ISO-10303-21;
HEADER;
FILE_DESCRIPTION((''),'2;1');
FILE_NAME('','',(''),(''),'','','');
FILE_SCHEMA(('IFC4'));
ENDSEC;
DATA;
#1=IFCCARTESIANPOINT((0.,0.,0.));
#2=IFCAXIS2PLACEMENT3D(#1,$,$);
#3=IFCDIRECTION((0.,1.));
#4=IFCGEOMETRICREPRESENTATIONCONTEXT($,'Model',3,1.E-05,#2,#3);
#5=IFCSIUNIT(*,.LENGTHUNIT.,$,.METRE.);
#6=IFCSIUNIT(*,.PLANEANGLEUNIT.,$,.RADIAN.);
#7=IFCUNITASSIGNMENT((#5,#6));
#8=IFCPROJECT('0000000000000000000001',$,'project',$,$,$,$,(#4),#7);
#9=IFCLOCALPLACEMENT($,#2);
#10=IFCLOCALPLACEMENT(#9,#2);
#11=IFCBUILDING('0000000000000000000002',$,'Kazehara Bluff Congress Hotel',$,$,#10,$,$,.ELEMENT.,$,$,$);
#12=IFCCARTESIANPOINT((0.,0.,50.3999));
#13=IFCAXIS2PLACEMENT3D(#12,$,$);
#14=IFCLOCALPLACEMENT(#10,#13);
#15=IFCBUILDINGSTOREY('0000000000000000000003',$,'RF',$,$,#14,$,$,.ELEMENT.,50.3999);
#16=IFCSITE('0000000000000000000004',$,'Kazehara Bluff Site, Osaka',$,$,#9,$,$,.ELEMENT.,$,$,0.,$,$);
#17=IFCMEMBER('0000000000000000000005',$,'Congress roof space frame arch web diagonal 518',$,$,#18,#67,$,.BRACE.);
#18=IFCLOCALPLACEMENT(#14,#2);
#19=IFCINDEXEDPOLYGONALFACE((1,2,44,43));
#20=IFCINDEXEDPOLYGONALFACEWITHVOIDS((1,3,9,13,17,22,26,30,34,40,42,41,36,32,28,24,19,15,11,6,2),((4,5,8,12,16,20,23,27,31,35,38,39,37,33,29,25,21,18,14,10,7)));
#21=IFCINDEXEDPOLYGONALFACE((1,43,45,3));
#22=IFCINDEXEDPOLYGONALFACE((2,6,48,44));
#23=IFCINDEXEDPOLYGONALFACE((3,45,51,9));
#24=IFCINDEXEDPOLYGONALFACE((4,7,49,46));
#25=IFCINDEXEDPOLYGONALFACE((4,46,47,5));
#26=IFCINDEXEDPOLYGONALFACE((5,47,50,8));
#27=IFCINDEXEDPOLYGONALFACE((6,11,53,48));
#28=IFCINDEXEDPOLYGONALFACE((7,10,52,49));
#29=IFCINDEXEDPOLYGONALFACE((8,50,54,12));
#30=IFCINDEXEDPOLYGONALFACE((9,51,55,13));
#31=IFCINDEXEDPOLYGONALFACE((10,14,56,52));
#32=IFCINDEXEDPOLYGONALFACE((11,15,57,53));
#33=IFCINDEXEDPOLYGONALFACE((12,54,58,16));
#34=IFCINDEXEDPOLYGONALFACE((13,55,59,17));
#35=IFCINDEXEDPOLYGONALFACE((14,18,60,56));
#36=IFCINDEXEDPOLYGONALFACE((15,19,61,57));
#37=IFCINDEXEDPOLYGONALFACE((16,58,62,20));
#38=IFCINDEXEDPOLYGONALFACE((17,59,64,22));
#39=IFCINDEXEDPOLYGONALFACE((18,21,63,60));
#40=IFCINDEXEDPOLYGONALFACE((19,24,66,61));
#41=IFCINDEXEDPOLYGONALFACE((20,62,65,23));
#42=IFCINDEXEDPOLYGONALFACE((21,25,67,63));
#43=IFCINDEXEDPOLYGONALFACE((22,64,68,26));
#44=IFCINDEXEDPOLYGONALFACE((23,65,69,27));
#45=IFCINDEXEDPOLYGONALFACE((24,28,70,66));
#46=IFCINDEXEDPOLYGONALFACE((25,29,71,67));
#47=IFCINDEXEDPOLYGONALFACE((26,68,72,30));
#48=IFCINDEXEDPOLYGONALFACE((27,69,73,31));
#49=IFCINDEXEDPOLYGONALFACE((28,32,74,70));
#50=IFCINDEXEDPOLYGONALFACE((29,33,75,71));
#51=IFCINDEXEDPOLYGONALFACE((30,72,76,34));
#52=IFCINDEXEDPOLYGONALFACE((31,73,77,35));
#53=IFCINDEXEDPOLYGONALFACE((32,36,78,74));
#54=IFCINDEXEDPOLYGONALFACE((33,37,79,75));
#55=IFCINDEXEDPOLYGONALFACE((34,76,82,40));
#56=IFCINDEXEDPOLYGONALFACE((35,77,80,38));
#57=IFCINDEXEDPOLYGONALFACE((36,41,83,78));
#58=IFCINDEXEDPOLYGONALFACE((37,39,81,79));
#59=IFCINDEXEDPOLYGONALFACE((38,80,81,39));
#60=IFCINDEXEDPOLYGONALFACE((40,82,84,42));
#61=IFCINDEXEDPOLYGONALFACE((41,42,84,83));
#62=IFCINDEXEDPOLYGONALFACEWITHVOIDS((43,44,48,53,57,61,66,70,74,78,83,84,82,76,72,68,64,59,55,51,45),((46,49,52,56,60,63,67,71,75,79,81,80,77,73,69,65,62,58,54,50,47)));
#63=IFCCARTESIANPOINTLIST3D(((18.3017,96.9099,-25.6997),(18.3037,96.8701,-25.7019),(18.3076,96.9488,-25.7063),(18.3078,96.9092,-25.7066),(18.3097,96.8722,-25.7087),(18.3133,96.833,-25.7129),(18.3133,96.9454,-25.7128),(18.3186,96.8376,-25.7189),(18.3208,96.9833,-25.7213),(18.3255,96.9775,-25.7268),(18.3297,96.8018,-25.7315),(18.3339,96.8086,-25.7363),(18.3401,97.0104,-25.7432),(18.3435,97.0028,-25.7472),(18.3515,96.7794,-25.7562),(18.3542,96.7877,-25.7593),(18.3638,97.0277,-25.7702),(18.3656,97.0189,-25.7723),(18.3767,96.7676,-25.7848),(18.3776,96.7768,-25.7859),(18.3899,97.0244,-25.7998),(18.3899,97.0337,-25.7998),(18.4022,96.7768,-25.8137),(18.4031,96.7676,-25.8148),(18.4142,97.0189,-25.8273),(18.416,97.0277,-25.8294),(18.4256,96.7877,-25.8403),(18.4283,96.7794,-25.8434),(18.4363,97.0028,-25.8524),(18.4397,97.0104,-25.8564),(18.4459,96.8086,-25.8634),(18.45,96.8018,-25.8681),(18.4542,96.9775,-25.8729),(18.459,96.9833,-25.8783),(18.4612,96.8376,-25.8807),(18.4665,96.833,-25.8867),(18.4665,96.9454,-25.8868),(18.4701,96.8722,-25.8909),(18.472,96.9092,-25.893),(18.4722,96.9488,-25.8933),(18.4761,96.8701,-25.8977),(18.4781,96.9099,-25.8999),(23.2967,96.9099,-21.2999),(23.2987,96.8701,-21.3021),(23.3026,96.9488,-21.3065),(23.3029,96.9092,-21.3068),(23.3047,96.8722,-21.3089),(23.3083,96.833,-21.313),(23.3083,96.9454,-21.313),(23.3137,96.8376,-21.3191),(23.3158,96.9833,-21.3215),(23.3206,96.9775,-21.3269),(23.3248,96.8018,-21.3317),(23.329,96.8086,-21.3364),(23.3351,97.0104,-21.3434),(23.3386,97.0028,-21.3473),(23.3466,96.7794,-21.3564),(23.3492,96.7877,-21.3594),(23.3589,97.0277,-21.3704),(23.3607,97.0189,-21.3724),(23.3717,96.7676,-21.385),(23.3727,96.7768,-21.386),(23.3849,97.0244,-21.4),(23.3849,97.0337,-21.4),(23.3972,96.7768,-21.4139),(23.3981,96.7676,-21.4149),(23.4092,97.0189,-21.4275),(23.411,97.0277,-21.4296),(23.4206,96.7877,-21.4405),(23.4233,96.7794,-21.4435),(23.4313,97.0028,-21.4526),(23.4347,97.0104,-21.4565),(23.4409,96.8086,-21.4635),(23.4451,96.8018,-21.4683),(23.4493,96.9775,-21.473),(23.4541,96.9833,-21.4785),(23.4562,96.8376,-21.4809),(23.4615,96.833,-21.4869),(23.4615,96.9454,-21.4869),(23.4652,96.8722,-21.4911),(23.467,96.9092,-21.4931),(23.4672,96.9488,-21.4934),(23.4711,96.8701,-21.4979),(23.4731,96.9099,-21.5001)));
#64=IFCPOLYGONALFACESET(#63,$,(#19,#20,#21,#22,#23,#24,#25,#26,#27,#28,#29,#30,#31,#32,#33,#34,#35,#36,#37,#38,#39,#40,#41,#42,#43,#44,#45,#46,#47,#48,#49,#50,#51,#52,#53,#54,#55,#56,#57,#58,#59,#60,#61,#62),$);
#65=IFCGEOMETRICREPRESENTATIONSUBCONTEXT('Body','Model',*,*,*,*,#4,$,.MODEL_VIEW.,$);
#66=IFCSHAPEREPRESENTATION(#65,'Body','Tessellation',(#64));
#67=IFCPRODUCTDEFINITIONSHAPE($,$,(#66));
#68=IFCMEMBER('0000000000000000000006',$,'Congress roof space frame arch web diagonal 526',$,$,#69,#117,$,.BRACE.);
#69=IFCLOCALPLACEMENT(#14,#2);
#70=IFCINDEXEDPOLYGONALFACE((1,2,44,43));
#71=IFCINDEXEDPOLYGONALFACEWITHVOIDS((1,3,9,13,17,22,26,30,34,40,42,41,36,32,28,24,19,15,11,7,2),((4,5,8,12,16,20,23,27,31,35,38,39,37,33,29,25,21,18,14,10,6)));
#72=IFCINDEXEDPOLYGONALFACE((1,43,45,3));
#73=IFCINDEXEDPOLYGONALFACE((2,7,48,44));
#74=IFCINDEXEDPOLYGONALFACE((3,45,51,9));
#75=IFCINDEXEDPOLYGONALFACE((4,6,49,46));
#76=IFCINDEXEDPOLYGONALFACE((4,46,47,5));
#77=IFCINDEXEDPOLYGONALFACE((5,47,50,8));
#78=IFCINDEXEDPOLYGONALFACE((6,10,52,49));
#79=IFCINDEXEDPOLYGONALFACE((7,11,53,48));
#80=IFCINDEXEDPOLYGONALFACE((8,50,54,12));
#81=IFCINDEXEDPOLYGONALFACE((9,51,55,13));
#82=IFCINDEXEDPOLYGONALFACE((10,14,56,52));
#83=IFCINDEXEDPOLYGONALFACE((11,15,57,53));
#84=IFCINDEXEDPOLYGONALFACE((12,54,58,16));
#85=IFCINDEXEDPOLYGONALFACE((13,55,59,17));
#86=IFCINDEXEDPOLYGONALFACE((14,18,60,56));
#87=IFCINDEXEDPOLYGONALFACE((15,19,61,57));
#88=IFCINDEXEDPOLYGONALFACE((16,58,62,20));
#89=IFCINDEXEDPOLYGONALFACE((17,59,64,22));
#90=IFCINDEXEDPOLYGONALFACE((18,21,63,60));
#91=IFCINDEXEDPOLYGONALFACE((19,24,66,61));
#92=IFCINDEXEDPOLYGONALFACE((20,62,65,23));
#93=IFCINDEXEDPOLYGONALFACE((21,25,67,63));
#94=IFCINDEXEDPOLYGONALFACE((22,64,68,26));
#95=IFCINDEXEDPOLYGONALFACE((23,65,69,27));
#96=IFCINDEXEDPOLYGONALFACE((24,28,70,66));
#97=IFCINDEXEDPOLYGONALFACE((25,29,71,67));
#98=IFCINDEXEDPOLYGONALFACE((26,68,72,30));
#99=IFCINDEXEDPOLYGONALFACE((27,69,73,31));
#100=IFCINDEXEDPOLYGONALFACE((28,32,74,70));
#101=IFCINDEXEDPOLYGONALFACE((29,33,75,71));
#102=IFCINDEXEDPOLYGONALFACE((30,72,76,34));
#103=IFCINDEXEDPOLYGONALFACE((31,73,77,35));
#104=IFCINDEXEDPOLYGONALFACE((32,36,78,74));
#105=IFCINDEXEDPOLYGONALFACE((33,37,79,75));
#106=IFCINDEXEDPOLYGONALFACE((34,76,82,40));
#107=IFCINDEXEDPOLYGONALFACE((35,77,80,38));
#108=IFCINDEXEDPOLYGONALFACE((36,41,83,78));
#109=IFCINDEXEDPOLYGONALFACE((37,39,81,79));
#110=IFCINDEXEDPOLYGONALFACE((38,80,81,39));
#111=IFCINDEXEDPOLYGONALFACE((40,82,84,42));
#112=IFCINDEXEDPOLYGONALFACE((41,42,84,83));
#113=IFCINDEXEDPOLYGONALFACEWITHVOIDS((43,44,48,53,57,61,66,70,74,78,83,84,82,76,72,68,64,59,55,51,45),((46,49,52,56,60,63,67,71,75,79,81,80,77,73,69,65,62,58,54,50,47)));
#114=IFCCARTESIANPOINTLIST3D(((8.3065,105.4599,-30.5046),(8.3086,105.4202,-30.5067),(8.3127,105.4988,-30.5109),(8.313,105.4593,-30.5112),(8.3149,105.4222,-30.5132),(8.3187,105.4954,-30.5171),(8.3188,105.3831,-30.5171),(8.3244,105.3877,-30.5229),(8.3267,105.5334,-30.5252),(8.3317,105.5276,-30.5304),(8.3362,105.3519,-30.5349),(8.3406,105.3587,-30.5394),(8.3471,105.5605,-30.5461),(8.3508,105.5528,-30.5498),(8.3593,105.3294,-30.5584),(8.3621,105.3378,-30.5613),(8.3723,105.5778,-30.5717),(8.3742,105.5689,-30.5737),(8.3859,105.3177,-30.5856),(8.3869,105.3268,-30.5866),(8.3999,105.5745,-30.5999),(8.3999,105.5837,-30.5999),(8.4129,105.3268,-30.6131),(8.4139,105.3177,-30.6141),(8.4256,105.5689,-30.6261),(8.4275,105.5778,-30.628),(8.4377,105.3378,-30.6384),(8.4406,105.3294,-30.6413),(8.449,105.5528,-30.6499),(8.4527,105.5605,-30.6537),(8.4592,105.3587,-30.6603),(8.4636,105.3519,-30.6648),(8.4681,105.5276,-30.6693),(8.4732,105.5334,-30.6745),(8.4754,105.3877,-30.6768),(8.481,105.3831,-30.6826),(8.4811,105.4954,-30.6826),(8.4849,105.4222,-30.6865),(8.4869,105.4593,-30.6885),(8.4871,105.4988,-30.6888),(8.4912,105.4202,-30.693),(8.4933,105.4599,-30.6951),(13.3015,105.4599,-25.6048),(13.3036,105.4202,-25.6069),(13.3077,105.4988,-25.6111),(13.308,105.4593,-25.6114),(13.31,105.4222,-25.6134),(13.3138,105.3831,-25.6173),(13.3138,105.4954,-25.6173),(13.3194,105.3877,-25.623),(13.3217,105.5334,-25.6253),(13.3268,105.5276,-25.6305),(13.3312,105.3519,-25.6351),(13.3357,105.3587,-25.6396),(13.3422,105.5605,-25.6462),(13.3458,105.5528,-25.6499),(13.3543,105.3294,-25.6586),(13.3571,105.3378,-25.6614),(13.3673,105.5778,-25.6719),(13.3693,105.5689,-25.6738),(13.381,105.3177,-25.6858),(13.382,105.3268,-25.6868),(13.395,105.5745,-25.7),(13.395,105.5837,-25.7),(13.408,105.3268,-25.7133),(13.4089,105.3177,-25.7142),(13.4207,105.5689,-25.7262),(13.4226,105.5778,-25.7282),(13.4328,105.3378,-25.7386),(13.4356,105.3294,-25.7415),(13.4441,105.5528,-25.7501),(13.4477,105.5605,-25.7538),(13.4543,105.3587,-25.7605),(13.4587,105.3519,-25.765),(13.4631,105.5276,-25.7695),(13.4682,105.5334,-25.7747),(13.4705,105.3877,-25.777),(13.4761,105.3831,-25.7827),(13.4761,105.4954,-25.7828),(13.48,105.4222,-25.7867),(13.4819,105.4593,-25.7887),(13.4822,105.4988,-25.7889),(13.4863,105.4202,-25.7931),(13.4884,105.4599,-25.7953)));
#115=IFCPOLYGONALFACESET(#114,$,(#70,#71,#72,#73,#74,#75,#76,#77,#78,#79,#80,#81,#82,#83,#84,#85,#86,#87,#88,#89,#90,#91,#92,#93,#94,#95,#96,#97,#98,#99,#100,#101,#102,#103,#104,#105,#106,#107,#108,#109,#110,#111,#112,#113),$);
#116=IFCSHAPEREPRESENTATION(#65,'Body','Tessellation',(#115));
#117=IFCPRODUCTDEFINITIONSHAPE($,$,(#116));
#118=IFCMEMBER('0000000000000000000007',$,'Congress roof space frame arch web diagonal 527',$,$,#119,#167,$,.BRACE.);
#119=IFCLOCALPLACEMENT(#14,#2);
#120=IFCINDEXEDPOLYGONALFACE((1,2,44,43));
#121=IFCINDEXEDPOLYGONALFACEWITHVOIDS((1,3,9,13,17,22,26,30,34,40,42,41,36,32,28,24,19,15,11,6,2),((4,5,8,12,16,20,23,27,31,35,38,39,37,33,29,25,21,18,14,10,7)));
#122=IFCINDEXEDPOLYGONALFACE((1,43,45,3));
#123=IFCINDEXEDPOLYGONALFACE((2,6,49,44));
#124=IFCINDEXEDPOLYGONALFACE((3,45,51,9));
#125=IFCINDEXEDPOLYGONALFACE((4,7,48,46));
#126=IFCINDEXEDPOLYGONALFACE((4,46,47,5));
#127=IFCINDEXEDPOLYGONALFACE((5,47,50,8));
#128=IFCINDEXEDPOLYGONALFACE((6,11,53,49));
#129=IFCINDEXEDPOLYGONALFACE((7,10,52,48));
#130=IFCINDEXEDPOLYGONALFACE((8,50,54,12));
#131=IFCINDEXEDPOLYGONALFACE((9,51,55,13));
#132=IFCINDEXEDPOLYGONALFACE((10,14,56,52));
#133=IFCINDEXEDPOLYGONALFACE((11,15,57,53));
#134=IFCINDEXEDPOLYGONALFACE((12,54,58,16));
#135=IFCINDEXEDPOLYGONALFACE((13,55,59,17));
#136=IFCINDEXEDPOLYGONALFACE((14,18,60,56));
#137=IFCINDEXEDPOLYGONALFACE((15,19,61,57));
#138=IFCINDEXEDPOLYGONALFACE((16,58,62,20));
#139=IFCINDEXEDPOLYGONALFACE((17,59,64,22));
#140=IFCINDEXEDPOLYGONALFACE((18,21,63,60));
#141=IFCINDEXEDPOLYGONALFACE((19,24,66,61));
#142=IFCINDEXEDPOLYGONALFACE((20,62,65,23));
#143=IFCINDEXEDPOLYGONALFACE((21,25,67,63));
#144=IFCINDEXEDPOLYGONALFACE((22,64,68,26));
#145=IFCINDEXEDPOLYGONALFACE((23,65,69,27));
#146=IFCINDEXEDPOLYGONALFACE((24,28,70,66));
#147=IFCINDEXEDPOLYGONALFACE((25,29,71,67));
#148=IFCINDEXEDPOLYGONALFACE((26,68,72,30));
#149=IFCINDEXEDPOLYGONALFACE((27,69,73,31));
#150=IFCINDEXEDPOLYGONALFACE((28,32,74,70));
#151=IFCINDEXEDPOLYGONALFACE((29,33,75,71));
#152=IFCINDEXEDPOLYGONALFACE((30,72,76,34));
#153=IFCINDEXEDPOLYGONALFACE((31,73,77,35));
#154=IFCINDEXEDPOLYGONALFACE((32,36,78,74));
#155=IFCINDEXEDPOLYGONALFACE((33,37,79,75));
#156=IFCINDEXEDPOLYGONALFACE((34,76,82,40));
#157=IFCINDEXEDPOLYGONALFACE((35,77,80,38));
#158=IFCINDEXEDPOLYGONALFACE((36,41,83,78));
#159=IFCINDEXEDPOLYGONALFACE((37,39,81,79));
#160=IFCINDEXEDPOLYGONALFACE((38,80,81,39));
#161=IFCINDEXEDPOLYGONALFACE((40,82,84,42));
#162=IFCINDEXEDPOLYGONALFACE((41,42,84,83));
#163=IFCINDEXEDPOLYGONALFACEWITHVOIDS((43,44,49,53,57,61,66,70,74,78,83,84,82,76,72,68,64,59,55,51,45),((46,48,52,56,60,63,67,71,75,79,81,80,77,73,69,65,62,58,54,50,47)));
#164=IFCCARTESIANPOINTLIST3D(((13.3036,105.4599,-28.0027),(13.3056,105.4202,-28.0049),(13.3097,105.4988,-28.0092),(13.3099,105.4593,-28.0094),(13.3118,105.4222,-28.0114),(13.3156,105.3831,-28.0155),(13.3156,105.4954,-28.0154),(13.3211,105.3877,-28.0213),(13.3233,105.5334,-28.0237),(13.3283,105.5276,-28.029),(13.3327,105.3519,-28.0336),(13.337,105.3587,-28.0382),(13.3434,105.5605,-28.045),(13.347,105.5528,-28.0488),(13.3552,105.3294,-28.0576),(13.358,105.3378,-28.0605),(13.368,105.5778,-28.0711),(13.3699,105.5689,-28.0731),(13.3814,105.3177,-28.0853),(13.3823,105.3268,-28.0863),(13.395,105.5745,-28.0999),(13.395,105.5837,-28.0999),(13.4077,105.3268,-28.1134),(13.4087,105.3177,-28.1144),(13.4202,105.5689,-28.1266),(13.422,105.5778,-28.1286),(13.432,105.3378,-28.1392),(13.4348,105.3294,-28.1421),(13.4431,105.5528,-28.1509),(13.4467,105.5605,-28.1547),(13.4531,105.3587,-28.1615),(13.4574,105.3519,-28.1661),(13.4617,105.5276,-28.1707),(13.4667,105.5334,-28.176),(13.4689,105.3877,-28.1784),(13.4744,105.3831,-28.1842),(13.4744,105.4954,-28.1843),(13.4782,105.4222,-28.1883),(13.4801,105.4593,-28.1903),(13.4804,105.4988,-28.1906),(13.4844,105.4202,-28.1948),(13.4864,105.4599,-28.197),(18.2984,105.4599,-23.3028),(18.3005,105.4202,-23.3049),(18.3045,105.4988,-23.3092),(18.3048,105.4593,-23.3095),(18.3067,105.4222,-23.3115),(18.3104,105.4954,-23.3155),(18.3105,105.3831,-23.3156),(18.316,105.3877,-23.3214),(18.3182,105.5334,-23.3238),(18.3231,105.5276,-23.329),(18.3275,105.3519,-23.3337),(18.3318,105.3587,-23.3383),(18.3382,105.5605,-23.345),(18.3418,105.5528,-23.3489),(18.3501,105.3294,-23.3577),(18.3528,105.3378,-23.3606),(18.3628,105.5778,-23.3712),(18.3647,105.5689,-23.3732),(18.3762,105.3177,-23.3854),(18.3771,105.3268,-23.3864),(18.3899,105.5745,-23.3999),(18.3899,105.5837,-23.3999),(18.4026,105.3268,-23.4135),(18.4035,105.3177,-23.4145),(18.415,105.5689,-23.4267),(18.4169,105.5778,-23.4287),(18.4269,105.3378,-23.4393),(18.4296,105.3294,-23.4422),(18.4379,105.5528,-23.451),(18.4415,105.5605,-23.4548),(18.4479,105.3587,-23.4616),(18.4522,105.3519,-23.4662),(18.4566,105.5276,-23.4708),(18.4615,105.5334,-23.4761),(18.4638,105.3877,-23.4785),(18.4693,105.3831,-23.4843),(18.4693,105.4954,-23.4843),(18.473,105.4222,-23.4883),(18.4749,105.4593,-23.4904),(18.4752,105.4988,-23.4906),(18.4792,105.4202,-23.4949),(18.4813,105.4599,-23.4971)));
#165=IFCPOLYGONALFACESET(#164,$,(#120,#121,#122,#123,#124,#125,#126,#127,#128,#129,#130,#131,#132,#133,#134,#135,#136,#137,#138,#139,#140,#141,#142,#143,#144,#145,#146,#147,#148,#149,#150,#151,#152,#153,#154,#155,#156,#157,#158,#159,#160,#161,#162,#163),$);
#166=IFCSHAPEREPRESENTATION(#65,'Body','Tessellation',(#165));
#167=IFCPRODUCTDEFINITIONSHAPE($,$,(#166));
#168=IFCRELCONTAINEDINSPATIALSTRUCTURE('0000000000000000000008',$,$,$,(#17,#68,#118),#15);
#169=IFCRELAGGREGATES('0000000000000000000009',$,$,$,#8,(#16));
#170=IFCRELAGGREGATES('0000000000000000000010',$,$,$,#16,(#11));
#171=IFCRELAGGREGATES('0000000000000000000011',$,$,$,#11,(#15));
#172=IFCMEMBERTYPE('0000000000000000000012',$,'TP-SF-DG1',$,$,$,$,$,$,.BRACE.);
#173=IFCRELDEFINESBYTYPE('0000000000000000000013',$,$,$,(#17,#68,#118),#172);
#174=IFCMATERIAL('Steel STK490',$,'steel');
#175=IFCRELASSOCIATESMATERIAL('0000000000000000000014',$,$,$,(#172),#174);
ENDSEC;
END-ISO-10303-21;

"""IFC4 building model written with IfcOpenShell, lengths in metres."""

from ifc_helpers import new_model, si_unit, direction, frame, origin, origin_2d, place, context, subcontext, project, spatial, hollow_circle, extrude, material, material_profile, profile_set, type_object, element, save


model = new_model("IFC4")

# Units and contexts
model_context = context("Model", 3, precision=1e-05, world=origin(), true_north=direction((0.0, 1.0)))
body_context = subcontext(model_context, "Body", "Model", "MODEL_VIEW")
ifc_project = project(units=[si_unit("LENGTHUNIT", "METRE"), si_unit("PLANEANGLEUNIT", "RADIAN")], contexts=[model_context])

# Site, building, storey
site_placement = place(None, origin())
site = spatial("IfcSite", under=ifc_project, at=site_placement, Name="Kazehara Bluff Site, Osaka", CompositionType="ELEMENT", RefElevation=0.0)
building_placement = place(site_placement, origin())
building = spatial("IfcBuilding", under=site, at=building_placement, Name="Kazehara Bluff Congress Hotel", CompositionType="ELEMENT")
storey_placement = place(building_placement, frame((0.0, 0.0, 50.3999)))
storey = spatial("IfcBuildingStorey", under=building, at=storey_placement, Name="RF", CompositionType="ELEMENT", Elevation=50.3999)

# Members
ifc_material_1 = material(Name="Steel STK490", Category="steel")
ifc_material_profile_1 = material_profile(ifc_material_1, hollow_circle(Radius=0.1338, WallThickness=0.0093, at=origin_2d()))
ifc_profile_set_1 = profile_set([ifc_material_profile_1], Name="Steel STK490")
member_type_1 = type_object("IfcMemberType", Name="TP-SF-DG1", PredefinedType="BRACE", material=ifc_profile_set_1)
member_1_placement = place(storey_placement, frame((18.3899, 96.8999, -25.7998), z_axis=(0.750401, 0.0, 0.660983), x_axis=(0.0, 1.0, 0.0)))
element("IfcMember", 1, at=member_1_placement, inside=storey, type_object=member_type_1, Name="Congress roof space frame arch web diagonal 518", PredefinedType="BRACE", context=body_context, shape_type="SweptSolid", body=[
    extrude(hollow_circle(Radius=0.1338, WallThickness=0.0093, at=origin_2d()), origin(), (0.0, 0.0, 1.0), 6.6565),
])
member_2_placement = place(storey_placement, frame((8.3999, 105.45, -30.5999), z_axis=(0.713878, 0.0, 0.70027), x_axis=(0.0, 1.0, 0.0)))
element("IfcMember", 2, at=member_2_placement, inside=storey, type_object=member_type_1, Name="Congress roof space frame arch web diagonal 526", PredefinedType="BRACE", context=body_context, shape_type="SweptSolid", body=[
    extrude(hollow_circle(Radius=0.1338, WallThickness=0.0093, at=origin_2d()), origin(), (0.0, 0.0, 1.0), 6.9971),
])
member_3_placement = place(storey_placement, frame((13.395, 105.45, -28.0999), z_axis=(0.72828, 0.0, 0.685279), x_axis=(0.0, 1.0, 0.0)))
element("IfcMember", 3, at=member_3_placement, inside=storey, type_object=member_type_1, Name="Congress roof space frame arch web diagonal 527", PredefinedType="BRACE", context=body_context, shape_type="SweptSolid", body=[
    extrude(hollow_circle(Radius=0.1338, WallThickness=0.0093, at=origin_2d()), origin(), (0.0, 0.0, 1.0), 6.8584),
])

save(model, "model.ifc")
